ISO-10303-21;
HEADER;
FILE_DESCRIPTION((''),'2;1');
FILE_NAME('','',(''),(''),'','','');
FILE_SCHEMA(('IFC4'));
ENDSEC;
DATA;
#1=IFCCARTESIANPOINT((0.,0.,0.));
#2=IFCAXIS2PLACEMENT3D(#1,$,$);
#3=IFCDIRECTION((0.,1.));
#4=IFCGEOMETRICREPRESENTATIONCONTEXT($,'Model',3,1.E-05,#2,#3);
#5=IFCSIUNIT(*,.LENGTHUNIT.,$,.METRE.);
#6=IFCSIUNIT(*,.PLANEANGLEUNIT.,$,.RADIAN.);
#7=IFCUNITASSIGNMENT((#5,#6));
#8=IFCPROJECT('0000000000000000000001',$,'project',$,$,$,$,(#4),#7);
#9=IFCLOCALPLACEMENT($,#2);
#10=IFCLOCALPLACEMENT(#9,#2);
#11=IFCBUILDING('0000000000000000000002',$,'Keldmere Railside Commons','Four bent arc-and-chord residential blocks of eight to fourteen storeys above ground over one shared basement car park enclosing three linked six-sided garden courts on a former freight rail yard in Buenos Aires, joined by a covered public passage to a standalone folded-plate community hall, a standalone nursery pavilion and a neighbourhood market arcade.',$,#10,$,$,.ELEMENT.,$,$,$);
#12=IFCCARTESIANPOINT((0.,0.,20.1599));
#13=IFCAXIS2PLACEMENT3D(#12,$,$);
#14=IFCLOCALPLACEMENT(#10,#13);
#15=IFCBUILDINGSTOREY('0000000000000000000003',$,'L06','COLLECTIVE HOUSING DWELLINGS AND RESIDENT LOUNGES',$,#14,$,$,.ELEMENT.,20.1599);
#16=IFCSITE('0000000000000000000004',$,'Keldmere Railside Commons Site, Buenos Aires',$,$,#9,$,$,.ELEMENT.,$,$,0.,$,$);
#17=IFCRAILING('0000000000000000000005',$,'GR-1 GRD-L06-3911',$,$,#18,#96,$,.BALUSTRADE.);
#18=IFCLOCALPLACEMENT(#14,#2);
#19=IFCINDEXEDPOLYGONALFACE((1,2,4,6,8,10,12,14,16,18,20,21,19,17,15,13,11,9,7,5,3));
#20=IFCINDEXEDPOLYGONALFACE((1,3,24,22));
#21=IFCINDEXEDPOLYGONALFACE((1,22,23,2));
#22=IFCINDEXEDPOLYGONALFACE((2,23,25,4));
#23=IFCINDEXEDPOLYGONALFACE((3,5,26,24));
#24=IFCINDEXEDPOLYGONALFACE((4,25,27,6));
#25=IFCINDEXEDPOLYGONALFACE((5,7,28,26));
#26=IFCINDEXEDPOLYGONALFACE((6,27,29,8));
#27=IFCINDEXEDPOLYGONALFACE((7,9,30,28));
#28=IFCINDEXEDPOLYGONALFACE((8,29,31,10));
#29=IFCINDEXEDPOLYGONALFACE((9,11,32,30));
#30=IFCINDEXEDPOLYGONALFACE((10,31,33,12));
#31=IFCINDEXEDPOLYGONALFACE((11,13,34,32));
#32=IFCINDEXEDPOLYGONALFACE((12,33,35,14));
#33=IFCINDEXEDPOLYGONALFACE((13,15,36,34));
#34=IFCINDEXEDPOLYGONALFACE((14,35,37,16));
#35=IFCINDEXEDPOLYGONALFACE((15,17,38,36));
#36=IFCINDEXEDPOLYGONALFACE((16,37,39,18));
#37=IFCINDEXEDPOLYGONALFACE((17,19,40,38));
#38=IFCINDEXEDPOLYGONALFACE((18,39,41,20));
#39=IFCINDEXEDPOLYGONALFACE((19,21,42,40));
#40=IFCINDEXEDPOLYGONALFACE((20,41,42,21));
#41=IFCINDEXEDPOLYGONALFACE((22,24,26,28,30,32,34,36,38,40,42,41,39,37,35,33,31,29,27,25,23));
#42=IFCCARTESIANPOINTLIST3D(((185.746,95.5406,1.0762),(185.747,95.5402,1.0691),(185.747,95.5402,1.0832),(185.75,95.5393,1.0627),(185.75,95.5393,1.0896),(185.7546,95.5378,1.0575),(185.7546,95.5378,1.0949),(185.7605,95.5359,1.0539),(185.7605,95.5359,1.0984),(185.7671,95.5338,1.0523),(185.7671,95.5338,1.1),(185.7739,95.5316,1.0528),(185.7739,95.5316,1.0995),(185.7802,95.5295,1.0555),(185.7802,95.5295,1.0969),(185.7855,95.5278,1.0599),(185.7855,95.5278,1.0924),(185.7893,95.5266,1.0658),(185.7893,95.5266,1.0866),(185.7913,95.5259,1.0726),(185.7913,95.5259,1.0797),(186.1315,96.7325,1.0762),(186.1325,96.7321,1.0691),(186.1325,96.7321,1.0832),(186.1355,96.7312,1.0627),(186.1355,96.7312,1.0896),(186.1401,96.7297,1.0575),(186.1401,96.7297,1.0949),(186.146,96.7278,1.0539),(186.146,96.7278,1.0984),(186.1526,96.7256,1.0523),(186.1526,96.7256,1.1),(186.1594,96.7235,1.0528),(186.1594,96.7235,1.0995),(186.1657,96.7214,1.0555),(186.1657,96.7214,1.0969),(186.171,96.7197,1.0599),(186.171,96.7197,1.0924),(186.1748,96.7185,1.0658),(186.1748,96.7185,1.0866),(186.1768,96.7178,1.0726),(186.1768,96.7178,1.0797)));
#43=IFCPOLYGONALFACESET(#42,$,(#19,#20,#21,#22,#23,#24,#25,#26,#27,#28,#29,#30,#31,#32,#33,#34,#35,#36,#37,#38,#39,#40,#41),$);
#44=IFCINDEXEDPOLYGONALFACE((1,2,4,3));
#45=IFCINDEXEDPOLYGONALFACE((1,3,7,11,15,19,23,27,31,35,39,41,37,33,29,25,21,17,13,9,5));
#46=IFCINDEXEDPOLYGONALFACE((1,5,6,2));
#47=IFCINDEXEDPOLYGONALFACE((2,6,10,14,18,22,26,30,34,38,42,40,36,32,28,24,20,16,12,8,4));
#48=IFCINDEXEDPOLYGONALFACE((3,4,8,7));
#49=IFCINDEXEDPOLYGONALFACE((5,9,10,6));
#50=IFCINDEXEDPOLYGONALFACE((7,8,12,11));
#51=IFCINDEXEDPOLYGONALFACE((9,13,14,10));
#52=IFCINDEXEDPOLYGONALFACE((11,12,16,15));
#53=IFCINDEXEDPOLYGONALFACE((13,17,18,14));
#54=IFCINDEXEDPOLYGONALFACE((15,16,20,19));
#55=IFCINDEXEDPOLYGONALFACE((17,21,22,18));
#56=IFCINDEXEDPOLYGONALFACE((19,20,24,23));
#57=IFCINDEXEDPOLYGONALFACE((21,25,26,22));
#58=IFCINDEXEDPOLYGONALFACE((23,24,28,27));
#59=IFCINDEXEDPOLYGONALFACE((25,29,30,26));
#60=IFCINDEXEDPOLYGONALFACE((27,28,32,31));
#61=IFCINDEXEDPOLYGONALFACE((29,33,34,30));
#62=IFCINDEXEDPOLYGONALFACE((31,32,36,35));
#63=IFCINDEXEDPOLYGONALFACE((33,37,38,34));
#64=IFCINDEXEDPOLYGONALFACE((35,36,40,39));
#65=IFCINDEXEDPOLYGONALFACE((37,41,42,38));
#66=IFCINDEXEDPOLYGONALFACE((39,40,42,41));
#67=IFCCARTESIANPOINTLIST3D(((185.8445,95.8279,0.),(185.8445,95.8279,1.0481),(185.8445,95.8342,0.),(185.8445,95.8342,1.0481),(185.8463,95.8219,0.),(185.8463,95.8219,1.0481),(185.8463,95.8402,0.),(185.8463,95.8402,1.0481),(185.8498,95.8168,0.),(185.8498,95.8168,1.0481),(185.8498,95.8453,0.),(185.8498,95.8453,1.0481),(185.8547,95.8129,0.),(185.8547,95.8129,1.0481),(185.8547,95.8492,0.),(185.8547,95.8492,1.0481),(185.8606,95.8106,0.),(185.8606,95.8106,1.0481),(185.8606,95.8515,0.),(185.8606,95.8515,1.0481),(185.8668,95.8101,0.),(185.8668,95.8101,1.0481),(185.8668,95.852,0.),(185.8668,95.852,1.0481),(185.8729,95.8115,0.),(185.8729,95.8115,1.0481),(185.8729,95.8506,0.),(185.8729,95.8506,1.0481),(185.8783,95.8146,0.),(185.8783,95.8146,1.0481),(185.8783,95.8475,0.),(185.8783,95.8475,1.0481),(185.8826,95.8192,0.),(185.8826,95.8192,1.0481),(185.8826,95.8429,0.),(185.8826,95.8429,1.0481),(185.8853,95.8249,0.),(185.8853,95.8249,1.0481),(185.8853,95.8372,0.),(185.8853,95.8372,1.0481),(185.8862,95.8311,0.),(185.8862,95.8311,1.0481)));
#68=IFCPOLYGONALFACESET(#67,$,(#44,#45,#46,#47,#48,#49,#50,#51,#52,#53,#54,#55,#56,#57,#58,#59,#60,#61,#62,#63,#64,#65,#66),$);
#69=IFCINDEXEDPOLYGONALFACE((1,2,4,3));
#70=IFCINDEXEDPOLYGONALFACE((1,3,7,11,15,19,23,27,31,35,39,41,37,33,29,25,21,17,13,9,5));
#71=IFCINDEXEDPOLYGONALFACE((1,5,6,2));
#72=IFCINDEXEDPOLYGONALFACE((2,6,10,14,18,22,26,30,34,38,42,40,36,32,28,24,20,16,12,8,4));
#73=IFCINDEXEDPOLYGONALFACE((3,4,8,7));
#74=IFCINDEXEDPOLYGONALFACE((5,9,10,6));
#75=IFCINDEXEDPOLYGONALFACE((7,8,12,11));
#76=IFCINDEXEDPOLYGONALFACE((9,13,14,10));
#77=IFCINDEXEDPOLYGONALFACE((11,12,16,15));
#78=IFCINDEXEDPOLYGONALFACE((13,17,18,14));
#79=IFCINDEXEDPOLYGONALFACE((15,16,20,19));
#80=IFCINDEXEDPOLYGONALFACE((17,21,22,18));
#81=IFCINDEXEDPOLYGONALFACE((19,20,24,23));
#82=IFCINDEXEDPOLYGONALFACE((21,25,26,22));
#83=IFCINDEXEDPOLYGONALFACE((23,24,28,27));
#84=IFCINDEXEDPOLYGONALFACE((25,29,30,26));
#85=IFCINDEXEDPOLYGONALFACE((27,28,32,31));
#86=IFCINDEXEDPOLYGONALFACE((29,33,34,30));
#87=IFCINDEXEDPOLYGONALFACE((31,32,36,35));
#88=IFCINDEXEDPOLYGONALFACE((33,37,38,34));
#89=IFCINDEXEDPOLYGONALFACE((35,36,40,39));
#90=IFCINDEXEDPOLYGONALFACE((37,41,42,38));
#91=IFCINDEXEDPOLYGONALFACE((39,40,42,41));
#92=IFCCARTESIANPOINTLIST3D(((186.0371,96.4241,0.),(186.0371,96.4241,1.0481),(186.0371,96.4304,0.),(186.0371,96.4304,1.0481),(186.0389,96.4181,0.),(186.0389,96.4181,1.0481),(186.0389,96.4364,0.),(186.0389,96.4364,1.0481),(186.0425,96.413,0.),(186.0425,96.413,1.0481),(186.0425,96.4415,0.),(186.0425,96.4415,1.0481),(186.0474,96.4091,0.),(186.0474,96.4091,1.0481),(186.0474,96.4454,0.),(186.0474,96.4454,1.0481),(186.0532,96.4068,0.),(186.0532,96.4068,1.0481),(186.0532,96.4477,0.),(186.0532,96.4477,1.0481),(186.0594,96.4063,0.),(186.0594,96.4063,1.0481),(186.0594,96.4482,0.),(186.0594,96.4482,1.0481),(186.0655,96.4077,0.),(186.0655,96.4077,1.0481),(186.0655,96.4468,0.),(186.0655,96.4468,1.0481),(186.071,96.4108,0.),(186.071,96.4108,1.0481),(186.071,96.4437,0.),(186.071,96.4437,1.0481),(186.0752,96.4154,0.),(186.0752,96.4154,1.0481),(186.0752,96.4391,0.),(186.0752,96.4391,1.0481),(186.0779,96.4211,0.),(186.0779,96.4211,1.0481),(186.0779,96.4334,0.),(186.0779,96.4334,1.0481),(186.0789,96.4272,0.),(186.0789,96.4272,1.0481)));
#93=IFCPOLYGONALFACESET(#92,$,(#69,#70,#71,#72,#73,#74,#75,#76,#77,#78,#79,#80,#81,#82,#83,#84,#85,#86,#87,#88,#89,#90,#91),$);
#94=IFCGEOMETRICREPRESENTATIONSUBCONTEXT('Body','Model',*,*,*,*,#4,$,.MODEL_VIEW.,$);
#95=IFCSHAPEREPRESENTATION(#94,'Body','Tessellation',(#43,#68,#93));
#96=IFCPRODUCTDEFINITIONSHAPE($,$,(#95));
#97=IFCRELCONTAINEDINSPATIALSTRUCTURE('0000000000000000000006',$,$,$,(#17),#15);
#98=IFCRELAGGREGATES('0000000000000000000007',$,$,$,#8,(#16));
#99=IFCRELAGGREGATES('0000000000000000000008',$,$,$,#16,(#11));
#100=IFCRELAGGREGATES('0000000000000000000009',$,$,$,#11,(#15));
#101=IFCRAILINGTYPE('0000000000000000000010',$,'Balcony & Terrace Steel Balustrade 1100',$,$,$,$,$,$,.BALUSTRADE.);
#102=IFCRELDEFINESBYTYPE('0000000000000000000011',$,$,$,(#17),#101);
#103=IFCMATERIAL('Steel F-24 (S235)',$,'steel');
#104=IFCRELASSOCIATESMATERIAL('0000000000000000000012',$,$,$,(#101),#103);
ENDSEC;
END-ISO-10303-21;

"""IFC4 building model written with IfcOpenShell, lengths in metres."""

from ifc_helpers import new_model, si_unit, direction, frame, origin, origin_2d, place, context, subcontext, project, spatial, circle, extrude, material, type_object, element, save


model = new_model("IFC4")

# Units and contexts
model_context = context("Model", 3, precision=1e-05, world=origin(), true_north=direction((0.0, 1.0)))
body_context = subcontext(model_context, "Body", "Model", "MODEL_VIEW")
ifc_project = project(units=[si_unit("LENGTHUNIT", "METRE"), si_unit("PLANEANGLEUNIT", "RADIAN")], contexts=[model_context])

# Site, building, storey
site_placement = place(None, origin())
site = spatial("IfcSite", under=ifc_project, at=site_placement, Name="Keldmere Railside Commons Site, Buenos Aires", CompositionType="ELEMENT", RefElevation=0.0)
building_placement = place(site_placement, origin())
building = spatial("IfcBuilding", under=site, at=building_placement, Name="Keldmere Railside Commons", Description="Four bent arc-and-chord residential blocks of eight to fourteen storeys above ground over one shared basement car park enclosing three linked six-sided garden courts on a former freight rail yard in Buenos Aires, joined by a covered public passage to a standalone folded-plate community hall, a standalone nursery pavilion and a neighbourhood market arcade.", CompositionType="ELEMENT")
storey_placement = place(building_placement, frame((0.0, 0.0, 20.1599)))
storey = spatial("IfcBuildingStorey", under=building, at=storey_placement, Name="L06", Description="COLLECTIVE HOUSING DWELLINGS AND RESIDENT LOUNGES", CompositionType="ELEMENT", Elevation=20.1599)

# Railing
ifc_material_1 = material(Name="Steel F-24 (S235)", Category="steel")
railing_type = type_object("IfcRailingType", Name="Balcony & Terrace Steel Balustrade 1100", PredefinedType="BALUSTRADE", material=ifc_material_1)
railing_1_placement = place(storey_placement, frame((185.7688, 95.5332, 0.0)))
element("IfcRailing", 1, at=railing_1_placement, inside=storey, type_object=railing_type, Name="GR-1 GRD-L06-3911", PredefinedType="BALUSTRADE", context=body_context, shape_type="SweptSolid", body=[
    extrude(circle(Radius=0.0239, at=origin_2d()), frame((0.0, 0.0, 1.0762), z_axis=(0.307737, 0.951471, 0.0), x_axis=(-0.951471, 0.307737, 0.0)), (0.0, 0.0, 1.0), 1.2527),
    extrude(circle(Radius=0.021, at=origin_2d()), frame((0.0964, 0.2979, 0.0)), (0.0, 0.0, 1.0), 1.0481),
    extrude(circle(Radius=0.021, at=origin_2d()), frame((0.2891, 0.894, 0.0)), (0.0, 0.0, 1.0), 1.0481),
])

save(model, "model.ifc")
